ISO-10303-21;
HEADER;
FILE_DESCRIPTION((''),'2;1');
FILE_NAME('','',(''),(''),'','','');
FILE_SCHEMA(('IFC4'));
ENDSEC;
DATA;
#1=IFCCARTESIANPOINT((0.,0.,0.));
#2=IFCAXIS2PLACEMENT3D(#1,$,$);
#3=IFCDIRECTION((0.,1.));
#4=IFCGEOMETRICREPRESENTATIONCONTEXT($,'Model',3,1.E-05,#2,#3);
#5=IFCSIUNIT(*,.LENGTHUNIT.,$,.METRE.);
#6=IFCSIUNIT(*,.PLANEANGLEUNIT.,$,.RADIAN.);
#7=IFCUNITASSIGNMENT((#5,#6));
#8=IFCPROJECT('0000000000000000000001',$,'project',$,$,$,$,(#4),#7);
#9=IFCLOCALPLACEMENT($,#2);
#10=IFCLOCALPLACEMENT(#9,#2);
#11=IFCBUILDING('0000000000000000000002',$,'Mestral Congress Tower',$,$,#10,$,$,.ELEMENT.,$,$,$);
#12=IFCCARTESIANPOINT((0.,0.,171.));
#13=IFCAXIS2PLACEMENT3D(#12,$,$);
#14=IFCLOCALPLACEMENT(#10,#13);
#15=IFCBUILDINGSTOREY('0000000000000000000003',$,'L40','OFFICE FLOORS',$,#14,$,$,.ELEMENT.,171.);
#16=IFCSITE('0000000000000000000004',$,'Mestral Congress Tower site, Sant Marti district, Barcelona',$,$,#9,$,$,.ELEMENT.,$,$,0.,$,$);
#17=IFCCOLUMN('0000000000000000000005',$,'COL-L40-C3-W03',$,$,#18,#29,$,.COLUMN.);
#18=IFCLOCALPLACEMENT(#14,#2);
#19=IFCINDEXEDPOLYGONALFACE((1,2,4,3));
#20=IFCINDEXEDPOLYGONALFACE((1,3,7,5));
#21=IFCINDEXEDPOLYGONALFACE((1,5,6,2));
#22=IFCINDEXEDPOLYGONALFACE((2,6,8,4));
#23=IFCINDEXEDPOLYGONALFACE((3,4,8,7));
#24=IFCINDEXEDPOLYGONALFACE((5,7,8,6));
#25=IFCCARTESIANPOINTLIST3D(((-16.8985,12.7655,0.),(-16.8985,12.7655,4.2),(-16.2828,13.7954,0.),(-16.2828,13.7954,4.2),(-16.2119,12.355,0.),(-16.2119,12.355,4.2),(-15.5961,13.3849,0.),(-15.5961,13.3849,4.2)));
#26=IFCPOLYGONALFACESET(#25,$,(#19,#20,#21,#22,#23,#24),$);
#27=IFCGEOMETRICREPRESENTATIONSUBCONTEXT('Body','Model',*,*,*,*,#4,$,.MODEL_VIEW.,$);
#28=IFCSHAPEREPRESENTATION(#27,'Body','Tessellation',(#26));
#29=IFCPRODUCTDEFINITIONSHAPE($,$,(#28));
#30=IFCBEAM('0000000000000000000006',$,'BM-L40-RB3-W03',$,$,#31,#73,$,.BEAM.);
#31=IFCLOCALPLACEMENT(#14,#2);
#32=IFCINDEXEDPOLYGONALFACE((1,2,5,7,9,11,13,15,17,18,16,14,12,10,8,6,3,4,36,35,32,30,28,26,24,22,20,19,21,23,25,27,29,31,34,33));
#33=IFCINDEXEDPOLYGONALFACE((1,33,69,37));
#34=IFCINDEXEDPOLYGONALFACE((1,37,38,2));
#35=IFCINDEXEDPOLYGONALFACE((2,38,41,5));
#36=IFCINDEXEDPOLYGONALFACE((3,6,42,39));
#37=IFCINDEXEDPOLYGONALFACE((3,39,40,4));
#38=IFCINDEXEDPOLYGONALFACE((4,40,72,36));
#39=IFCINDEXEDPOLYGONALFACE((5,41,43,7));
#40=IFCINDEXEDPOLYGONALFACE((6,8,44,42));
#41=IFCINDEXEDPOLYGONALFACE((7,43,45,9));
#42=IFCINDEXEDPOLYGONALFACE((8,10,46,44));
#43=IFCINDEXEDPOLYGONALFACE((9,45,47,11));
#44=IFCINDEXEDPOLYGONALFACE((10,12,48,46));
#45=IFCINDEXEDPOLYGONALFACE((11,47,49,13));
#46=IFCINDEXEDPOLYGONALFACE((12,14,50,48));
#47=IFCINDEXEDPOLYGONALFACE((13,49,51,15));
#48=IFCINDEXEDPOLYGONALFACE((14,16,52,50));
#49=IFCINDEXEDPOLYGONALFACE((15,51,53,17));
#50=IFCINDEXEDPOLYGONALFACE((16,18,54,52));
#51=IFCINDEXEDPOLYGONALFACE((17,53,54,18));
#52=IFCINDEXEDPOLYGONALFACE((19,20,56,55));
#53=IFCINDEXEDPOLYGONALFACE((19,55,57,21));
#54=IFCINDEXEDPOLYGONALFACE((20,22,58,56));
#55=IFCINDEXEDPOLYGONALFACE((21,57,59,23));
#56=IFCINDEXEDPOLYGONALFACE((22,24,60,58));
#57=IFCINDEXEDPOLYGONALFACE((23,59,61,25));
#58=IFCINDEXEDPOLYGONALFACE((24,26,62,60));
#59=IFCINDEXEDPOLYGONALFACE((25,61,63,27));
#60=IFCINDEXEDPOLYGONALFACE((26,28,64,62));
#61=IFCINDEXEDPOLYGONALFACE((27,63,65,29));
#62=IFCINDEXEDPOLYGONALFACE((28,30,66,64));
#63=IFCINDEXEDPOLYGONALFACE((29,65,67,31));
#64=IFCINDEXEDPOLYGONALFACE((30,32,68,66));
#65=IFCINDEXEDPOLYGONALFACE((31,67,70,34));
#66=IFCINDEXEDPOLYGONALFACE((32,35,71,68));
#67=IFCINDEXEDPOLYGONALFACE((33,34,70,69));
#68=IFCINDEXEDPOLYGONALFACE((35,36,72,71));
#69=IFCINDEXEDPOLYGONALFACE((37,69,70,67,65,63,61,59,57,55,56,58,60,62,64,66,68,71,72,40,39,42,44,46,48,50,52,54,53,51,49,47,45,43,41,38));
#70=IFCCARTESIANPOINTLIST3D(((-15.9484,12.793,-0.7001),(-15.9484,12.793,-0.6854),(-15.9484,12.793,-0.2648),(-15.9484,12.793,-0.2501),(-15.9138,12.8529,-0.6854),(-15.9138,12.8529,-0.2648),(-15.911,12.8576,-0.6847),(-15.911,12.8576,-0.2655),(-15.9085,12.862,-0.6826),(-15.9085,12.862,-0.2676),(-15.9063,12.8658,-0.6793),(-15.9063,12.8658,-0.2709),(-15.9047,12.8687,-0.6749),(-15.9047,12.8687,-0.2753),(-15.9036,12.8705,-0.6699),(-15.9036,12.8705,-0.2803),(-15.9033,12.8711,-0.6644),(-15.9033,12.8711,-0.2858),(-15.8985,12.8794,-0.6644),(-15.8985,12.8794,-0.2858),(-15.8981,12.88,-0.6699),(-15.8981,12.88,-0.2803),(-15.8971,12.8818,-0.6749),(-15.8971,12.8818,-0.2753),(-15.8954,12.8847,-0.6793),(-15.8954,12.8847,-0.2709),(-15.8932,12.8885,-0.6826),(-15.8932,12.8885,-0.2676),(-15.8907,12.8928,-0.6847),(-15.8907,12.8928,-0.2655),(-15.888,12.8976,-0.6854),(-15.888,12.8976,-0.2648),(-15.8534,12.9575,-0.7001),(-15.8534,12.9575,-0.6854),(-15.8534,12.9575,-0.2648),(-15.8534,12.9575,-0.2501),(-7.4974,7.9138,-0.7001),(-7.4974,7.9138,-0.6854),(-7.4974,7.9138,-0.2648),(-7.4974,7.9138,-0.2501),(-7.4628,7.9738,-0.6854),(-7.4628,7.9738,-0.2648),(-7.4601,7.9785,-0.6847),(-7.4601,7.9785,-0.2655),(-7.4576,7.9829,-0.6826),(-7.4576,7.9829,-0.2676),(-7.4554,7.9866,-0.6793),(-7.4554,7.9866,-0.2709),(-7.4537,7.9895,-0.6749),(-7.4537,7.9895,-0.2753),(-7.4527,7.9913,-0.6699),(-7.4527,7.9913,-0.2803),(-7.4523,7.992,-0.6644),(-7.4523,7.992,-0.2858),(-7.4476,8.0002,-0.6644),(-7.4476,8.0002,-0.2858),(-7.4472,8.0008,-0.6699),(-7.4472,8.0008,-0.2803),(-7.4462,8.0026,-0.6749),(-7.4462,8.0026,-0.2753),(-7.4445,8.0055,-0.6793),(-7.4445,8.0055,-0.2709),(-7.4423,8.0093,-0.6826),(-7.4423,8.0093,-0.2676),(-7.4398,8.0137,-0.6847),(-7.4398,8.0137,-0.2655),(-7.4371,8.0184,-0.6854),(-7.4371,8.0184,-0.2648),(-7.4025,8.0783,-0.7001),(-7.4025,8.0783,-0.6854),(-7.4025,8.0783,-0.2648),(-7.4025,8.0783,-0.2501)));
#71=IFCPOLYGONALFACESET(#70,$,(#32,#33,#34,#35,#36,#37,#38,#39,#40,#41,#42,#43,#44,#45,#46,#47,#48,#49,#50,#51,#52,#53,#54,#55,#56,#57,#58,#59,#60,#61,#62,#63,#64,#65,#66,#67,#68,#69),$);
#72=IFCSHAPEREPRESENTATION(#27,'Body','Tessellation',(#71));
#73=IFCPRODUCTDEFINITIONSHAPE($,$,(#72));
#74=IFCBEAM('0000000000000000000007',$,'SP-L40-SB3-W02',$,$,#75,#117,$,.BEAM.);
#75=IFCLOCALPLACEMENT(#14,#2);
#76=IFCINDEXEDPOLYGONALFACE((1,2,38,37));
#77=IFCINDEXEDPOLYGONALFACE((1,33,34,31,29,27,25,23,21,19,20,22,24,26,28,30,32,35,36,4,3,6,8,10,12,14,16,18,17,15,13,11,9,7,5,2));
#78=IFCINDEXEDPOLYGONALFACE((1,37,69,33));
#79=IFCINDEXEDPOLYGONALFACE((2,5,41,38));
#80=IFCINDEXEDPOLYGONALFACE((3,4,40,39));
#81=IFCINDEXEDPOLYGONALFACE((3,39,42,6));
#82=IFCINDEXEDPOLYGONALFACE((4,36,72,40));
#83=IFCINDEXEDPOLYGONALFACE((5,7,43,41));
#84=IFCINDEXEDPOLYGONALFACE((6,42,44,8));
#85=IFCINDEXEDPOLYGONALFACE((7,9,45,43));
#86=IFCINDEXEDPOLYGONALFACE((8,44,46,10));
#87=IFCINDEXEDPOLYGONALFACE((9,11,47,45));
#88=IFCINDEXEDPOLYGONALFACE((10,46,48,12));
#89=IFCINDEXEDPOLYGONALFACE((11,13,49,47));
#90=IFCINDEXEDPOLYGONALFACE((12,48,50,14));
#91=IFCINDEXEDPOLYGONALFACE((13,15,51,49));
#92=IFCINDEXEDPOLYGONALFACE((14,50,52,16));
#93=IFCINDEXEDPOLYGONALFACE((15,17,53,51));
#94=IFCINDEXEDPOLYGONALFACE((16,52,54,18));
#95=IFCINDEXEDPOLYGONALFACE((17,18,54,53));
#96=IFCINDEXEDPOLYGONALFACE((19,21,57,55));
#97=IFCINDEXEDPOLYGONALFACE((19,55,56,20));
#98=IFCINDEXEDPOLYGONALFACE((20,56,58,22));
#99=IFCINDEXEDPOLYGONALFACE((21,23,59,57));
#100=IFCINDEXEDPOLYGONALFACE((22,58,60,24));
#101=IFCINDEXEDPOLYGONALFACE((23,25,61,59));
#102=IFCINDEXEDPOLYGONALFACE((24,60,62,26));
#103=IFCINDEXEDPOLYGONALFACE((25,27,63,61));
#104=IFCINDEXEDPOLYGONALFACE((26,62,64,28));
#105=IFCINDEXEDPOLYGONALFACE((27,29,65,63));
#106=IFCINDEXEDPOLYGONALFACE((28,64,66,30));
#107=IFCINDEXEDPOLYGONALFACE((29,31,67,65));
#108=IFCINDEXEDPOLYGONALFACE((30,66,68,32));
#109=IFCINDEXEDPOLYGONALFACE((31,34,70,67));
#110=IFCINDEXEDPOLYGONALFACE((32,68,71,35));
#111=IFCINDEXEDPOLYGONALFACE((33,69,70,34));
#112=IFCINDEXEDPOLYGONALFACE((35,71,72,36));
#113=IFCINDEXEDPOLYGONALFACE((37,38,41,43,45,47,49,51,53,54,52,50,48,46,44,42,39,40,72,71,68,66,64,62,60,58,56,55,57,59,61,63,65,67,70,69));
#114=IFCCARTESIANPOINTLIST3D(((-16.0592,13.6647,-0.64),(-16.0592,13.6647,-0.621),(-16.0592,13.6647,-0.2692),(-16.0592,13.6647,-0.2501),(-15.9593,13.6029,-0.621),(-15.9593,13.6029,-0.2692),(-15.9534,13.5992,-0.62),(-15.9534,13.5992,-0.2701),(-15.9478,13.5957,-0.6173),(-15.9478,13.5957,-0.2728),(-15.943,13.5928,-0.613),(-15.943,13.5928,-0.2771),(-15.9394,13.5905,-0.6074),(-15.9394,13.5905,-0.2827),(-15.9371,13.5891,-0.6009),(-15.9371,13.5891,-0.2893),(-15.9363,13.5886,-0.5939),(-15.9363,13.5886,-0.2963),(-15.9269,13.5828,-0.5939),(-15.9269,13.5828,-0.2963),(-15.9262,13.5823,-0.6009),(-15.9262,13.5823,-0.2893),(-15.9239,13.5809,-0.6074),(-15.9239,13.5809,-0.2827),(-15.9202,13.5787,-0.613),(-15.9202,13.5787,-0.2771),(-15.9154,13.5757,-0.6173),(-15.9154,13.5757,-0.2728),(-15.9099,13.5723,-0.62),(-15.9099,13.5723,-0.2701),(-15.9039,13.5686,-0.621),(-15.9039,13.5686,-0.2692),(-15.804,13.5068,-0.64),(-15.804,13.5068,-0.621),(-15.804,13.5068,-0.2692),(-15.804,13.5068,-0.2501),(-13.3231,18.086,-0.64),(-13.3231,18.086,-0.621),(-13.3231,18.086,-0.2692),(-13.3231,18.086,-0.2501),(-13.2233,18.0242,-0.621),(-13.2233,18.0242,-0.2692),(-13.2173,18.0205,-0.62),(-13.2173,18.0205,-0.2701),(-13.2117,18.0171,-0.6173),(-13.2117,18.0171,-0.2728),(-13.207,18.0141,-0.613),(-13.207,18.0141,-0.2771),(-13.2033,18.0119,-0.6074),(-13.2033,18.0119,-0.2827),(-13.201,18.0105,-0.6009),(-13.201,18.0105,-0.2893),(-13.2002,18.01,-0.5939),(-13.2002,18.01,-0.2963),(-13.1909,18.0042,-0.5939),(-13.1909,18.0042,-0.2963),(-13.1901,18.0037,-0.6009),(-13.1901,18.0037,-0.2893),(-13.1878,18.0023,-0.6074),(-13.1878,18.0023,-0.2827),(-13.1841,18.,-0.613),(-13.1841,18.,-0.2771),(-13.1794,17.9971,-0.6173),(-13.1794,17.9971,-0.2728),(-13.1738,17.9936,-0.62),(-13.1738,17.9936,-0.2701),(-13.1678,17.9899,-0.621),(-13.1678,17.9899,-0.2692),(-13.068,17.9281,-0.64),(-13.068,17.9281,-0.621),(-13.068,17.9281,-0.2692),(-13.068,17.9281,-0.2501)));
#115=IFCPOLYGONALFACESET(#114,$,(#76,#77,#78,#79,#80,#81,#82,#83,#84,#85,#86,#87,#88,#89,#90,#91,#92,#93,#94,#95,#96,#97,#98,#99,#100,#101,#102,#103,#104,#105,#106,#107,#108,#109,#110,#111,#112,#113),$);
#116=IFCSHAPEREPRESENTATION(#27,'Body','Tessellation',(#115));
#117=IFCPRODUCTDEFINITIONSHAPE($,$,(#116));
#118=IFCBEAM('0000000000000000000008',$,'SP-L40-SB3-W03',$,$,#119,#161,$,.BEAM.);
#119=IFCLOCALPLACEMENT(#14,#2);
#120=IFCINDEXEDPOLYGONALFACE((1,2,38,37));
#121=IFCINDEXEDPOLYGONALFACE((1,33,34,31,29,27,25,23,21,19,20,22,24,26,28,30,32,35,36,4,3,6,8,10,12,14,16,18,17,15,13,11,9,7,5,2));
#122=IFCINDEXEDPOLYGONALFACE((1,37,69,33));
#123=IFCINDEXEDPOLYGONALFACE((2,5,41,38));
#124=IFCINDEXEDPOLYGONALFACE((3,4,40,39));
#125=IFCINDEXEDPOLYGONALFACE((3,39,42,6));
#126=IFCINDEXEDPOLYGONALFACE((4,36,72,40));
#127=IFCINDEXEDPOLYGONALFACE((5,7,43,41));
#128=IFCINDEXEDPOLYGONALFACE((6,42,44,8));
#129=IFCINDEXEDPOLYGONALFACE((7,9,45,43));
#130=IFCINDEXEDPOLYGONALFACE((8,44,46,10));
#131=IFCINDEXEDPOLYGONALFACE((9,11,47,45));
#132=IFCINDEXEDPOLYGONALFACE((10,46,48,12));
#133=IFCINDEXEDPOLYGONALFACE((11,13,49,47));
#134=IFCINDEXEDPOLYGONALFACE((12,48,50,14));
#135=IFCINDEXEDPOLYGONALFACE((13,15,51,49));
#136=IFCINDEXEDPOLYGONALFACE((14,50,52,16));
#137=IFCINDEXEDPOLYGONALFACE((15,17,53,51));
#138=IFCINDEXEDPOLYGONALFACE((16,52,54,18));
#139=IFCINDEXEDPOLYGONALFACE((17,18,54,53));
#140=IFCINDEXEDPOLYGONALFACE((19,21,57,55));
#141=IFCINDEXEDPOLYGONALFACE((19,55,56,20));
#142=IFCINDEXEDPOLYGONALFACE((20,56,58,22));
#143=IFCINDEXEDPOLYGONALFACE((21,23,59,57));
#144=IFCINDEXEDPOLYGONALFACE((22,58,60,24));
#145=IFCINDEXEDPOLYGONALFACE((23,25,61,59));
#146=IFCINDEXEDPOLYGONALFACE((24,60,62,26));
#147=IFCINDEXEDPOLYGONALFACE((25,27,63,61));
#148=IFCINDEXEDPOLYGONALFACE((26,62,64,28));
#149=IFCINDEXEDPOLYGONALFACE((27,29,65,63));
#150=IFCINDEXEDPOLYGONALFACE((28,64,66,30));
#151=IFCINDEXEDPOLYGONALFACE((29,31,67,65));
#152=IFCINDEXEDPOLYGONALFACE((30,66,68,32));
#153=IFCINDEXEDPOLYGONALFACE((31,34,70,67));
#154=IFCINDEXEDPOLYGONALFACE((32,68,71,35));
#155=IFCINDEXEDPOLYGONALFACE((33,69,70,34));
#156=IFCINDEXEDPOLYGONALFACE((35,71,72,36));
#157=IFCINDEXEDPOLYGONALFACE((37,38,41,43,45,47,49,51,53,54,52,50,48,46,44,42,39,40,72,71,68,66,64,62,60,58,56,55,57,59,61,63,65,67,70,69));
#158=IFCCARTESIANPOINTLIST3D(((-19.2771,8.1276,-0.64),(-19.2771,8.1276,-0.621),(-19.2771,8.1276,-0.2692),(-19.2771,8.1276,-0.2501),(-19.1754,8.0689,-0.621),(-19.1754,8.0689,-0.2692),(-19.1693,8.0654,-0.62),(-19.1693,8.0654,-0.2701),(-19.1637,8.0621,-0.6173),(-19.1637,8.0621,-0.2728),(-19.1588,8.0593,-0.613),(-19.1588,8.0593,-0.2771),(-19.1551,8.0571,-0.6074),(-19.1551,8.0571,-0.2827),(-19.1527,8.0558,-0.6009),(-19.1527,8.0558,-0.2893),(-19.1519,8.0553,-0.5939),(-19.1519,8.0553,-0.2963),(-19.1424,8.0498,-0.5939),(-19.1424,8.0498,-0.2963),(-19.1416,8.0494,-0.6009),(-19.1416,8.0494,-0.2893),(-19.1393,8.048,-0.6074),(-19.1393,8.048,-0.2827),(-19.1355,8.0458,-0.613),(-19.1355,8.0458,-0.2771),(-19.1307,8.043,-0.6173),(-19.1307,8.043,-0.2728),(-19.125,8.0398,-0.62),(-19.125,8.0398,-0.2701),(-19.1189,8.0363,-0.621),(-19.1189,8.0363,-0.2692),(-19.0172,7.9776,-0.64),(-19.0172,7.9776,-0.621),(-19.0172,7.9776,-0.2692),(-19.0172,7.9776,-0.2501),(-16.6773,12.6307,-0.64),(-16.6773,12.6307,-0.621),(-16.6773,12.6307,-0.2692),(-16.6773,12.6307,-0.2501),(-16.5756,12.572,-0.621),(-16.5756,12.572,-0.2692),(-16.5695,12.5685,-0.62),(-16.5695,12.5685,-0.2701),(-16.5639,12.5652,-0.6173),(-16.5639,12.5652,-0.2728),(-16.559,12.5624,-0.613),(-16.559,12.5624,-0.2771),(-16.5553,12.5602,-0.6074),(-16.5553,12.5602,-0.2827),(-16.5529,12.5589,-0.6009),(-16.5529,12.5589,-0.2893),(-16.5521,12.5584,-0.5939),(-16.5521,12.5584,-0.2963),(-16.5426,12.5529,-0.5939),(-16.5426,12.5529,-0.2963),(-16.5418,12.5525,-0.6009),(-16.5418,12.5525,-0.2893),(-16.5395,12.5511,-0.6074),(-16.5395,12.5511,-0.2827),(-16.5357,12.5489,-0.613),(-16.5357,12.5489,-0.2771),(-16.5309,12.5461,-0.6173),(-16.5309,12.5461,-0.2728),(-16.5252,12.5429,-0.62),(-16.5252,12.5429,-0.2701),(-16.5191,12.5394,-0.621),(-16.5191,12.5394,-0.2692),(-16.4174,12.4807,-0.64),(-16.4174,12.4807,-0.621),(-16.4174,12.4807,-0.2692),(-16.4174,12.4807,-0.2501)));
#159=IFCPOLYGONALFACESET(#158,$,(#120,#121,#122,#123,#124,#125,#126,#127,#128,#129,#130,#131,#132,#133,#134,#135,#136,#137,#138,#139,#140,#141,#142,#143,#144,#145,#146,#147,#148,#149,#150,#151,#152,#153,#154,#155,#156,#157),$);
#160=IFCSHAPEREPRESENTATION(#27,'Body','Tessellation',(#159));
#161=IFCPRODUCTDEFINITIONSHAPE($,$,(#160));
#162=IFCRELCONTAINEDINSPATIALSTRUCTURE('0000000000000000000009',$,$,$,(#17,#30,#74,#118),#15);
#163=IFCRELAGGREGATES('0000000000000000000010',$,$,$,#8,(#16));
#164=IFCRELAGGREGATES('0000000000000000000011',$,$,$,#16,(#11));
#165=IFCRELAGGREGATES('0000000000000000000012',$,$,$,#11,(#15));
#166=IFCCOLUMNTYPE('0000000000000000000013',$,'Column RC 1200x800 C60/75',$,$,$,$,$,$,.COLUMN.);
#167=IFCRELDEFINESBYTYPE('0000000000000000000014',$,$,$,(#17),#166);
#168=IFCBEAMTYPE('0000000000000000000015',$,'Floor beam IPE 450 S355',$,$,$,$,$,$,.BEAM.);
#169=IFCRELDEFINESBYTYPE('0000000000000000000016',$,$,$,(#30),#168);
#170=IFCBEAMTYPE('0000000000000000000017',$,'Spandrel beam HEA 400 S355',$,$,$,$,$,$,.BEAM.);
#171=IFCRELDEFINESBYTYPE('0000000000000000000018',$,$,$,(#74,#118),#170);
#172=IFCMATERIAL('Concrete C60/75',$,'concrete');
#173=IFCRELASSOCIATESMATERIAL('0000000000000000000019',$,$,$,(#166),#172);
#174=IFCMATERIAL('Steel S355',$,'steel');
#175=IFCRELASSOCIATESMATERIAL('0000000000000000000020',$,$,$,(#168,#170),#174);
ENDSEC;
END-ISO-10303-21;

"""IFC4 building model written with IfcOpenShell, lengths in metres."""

from ifc_helpers import new_model, si_unit, direction, frame, origin, origin_2d, place, context, subcontext, project, spatial, rectangle, i_section, extrude, material, material_profile, profile_set, type_object, element, save


model = new_model("IFC4")

# Units and contexts
model_context = context("Model", 3, precision=1e-05, world=origin(), true_north=direction((0.0, 1.0)))
body_context = subcontext(model_context, "Body", "Model", "MODEL_VIEW")
ifc_project = project(units=[si_unit("LENGTHUNIT", "METRE"), si_unit("PLANEANGLEUNIT", "RADIAN")], contexts=[model_context])

# Site, building, storey
site_placement = place(None, origin())
site = spatial("IfcSite", under=ifc_project, at=site_placement, Name="Mestral Congress Tower site, Sant Marti district, Barcelona", CompositionType="ELEMENT", RefElevation=0.0)
building_placement = place(site_placement, origin())
building = spatial("IfcBuilding", under=site, at=building_placement, Name="Mestral Congress Tower", CompositionType="ELEMENT")
storey_placement = place(building_placement, frame((0.0, 0.0, 171.0)))
storey = spatial("IfcBuildingStorey", under=building, at=storey_placement, Name="L40", Description="OFFICE FLOORS", CompositionType="ELEMENT", Elevation=171.0)

# Column
ifc_material_1 = material(Name="Concrete C60/75", Category="concrete")
ifc_material_profile_1 = material_profile(ifc_material_1, rectangle(XDim=1.2, YDim=0.8, at=origin_2d()), Name="RC 1200x800")
ifc_profile_set_1 = profile_set([ifc_material_profile_1], Name="Concrete C60/75")
column_type = type_object("IfcColumnType", Name="Column RC 1200x800 C60/75", PredefinedType="COLUMN", material=ifc_profile_set_1)
column_placement = place(storey_placement, frame((-16.2473, 13.0752, 0.0), z_axis=(0.0, 0.0, 1.0), x_axis=(-0.513159, -0.858293, 0.0)))
element("IfcColumn", 1, at=column_placement, inside=storey, type_object=column_type, Name="COL-L40-C3-W03", PredefinedType="COLUMN", context=body_context, shape_type="SweptSolid", body=[
    extrude(rectangle(XDim=1.2, YDim=0.8, at=origin_2d()), origin(), (0.0, 0.0, 1.0), 4.2),
])

# Beams
ifc_material_2 = material(Name="Steel S355", Category="steel")
ifc_material_profile_2 = material_profile(ifc_material_2, i_section(OverallWidth=0.1899, OverallDepth=0.45, WebThickness=0.0095, FlangeThickness=0.0146, FilletRadius=0.021, at=origin_2d()), Name="IPE 450")
ifc_profile_set_2 = profile_set([ifc_material_profile_2], Name="Steel S355")
beam_type_1 = type_object("IfcBeamType", Name="Floor beam IPE 450 S355", PredefinedType="BEAM", material=ifc_profile_set_2)
beam_1_placement = place(storey_placement, frame((-15.9009, 12.8752, -0.4751), z_axis=(0.866025, -0.5, 0.0), x_axis=(0.5, 0.866025, 0.0)))
element("IfcBeam", 2, at=beam_1_placement, inside=storey, type_object=beam_type_1, Name="BM-L40-RB3-W03", PredefinedType="BEAM", context=body_context, shape_type="SweptSolid", body=[
    extrude(i_section(OverallWidth=0.1899, OverallDepth=0.45, WebThickness=0.0095, FlangeThickness=0.0146, FilletRadius=0.021, at=origin_2d()), origin(), (0.0, 0.0, 1.0), 9.7583),
])
ifc_material_profile_3 = material_profile(ifc_material_2, i_section(OverallWidth=0.3, OverallDepth=0.3899, WebThickness=0.011, FlangeThickness=0.019, FilletRadius=0.0271, at=origin_2d()), Name="HEA 400")
ifc_profile_set_3 = profile_set([ifc_material_profile_3], Name="Steel S355")
beam_type_2 = type_object("IfcBeamType", Name="Spandrel beam HEA 400 S355", PredefinedType="BEAM", material=ifc_profile_set_3)
beam_2_placement = place(storey_placement, frame((-13.1956, 18.0071, -0.4451), z_axis=(-0.52622, -0.850348, 0.0), x_axis=(0.850348, -0.52622, 0.0)))
element("IfcBeam", 3, at=beam_2_placement, inside=storey, type_object=beam_type_2, Name="SP-L40-SB3-W02", PredefinedType="BEAM", context=body_context, shape_type="SweptSolid", body=[
    extrude(i_section(OverallWidth=0.3, OverallDepth=0.3899, WebThickness=0.011, FlangeThickness=0.019, FilletRadius=0.0271, at=origin_2d()), origin(), (0.0, 0.0, 1.0), 5.1995),
])
beam_3_placement = place(storey_placement, frame((-16.5474, 12.5557, -0.4451), z_axis=(-0.499992, -0.86603, 0.0), x_axis=(0.86603, -0.499992, 0.0)))
element("IfcBeam", 4, at=beam_3_placement, inside=storey, type_object=beam_type_2, Name="SP-L40-SB3-W03", PredefinedType="BEAM", context=body_context, shape_type="SweptSolid", body=[
    extrude(i_section(OverallWidth=0.3, OverallDepth=0.3899, WebThickness=0.011, FlangeThickness=0.019, FilletRadius=0.0271, at=origin_2d()), origin(), (0.0, 0.0, 1.0), 5.1997),
])

save(model, "model.ifc")
